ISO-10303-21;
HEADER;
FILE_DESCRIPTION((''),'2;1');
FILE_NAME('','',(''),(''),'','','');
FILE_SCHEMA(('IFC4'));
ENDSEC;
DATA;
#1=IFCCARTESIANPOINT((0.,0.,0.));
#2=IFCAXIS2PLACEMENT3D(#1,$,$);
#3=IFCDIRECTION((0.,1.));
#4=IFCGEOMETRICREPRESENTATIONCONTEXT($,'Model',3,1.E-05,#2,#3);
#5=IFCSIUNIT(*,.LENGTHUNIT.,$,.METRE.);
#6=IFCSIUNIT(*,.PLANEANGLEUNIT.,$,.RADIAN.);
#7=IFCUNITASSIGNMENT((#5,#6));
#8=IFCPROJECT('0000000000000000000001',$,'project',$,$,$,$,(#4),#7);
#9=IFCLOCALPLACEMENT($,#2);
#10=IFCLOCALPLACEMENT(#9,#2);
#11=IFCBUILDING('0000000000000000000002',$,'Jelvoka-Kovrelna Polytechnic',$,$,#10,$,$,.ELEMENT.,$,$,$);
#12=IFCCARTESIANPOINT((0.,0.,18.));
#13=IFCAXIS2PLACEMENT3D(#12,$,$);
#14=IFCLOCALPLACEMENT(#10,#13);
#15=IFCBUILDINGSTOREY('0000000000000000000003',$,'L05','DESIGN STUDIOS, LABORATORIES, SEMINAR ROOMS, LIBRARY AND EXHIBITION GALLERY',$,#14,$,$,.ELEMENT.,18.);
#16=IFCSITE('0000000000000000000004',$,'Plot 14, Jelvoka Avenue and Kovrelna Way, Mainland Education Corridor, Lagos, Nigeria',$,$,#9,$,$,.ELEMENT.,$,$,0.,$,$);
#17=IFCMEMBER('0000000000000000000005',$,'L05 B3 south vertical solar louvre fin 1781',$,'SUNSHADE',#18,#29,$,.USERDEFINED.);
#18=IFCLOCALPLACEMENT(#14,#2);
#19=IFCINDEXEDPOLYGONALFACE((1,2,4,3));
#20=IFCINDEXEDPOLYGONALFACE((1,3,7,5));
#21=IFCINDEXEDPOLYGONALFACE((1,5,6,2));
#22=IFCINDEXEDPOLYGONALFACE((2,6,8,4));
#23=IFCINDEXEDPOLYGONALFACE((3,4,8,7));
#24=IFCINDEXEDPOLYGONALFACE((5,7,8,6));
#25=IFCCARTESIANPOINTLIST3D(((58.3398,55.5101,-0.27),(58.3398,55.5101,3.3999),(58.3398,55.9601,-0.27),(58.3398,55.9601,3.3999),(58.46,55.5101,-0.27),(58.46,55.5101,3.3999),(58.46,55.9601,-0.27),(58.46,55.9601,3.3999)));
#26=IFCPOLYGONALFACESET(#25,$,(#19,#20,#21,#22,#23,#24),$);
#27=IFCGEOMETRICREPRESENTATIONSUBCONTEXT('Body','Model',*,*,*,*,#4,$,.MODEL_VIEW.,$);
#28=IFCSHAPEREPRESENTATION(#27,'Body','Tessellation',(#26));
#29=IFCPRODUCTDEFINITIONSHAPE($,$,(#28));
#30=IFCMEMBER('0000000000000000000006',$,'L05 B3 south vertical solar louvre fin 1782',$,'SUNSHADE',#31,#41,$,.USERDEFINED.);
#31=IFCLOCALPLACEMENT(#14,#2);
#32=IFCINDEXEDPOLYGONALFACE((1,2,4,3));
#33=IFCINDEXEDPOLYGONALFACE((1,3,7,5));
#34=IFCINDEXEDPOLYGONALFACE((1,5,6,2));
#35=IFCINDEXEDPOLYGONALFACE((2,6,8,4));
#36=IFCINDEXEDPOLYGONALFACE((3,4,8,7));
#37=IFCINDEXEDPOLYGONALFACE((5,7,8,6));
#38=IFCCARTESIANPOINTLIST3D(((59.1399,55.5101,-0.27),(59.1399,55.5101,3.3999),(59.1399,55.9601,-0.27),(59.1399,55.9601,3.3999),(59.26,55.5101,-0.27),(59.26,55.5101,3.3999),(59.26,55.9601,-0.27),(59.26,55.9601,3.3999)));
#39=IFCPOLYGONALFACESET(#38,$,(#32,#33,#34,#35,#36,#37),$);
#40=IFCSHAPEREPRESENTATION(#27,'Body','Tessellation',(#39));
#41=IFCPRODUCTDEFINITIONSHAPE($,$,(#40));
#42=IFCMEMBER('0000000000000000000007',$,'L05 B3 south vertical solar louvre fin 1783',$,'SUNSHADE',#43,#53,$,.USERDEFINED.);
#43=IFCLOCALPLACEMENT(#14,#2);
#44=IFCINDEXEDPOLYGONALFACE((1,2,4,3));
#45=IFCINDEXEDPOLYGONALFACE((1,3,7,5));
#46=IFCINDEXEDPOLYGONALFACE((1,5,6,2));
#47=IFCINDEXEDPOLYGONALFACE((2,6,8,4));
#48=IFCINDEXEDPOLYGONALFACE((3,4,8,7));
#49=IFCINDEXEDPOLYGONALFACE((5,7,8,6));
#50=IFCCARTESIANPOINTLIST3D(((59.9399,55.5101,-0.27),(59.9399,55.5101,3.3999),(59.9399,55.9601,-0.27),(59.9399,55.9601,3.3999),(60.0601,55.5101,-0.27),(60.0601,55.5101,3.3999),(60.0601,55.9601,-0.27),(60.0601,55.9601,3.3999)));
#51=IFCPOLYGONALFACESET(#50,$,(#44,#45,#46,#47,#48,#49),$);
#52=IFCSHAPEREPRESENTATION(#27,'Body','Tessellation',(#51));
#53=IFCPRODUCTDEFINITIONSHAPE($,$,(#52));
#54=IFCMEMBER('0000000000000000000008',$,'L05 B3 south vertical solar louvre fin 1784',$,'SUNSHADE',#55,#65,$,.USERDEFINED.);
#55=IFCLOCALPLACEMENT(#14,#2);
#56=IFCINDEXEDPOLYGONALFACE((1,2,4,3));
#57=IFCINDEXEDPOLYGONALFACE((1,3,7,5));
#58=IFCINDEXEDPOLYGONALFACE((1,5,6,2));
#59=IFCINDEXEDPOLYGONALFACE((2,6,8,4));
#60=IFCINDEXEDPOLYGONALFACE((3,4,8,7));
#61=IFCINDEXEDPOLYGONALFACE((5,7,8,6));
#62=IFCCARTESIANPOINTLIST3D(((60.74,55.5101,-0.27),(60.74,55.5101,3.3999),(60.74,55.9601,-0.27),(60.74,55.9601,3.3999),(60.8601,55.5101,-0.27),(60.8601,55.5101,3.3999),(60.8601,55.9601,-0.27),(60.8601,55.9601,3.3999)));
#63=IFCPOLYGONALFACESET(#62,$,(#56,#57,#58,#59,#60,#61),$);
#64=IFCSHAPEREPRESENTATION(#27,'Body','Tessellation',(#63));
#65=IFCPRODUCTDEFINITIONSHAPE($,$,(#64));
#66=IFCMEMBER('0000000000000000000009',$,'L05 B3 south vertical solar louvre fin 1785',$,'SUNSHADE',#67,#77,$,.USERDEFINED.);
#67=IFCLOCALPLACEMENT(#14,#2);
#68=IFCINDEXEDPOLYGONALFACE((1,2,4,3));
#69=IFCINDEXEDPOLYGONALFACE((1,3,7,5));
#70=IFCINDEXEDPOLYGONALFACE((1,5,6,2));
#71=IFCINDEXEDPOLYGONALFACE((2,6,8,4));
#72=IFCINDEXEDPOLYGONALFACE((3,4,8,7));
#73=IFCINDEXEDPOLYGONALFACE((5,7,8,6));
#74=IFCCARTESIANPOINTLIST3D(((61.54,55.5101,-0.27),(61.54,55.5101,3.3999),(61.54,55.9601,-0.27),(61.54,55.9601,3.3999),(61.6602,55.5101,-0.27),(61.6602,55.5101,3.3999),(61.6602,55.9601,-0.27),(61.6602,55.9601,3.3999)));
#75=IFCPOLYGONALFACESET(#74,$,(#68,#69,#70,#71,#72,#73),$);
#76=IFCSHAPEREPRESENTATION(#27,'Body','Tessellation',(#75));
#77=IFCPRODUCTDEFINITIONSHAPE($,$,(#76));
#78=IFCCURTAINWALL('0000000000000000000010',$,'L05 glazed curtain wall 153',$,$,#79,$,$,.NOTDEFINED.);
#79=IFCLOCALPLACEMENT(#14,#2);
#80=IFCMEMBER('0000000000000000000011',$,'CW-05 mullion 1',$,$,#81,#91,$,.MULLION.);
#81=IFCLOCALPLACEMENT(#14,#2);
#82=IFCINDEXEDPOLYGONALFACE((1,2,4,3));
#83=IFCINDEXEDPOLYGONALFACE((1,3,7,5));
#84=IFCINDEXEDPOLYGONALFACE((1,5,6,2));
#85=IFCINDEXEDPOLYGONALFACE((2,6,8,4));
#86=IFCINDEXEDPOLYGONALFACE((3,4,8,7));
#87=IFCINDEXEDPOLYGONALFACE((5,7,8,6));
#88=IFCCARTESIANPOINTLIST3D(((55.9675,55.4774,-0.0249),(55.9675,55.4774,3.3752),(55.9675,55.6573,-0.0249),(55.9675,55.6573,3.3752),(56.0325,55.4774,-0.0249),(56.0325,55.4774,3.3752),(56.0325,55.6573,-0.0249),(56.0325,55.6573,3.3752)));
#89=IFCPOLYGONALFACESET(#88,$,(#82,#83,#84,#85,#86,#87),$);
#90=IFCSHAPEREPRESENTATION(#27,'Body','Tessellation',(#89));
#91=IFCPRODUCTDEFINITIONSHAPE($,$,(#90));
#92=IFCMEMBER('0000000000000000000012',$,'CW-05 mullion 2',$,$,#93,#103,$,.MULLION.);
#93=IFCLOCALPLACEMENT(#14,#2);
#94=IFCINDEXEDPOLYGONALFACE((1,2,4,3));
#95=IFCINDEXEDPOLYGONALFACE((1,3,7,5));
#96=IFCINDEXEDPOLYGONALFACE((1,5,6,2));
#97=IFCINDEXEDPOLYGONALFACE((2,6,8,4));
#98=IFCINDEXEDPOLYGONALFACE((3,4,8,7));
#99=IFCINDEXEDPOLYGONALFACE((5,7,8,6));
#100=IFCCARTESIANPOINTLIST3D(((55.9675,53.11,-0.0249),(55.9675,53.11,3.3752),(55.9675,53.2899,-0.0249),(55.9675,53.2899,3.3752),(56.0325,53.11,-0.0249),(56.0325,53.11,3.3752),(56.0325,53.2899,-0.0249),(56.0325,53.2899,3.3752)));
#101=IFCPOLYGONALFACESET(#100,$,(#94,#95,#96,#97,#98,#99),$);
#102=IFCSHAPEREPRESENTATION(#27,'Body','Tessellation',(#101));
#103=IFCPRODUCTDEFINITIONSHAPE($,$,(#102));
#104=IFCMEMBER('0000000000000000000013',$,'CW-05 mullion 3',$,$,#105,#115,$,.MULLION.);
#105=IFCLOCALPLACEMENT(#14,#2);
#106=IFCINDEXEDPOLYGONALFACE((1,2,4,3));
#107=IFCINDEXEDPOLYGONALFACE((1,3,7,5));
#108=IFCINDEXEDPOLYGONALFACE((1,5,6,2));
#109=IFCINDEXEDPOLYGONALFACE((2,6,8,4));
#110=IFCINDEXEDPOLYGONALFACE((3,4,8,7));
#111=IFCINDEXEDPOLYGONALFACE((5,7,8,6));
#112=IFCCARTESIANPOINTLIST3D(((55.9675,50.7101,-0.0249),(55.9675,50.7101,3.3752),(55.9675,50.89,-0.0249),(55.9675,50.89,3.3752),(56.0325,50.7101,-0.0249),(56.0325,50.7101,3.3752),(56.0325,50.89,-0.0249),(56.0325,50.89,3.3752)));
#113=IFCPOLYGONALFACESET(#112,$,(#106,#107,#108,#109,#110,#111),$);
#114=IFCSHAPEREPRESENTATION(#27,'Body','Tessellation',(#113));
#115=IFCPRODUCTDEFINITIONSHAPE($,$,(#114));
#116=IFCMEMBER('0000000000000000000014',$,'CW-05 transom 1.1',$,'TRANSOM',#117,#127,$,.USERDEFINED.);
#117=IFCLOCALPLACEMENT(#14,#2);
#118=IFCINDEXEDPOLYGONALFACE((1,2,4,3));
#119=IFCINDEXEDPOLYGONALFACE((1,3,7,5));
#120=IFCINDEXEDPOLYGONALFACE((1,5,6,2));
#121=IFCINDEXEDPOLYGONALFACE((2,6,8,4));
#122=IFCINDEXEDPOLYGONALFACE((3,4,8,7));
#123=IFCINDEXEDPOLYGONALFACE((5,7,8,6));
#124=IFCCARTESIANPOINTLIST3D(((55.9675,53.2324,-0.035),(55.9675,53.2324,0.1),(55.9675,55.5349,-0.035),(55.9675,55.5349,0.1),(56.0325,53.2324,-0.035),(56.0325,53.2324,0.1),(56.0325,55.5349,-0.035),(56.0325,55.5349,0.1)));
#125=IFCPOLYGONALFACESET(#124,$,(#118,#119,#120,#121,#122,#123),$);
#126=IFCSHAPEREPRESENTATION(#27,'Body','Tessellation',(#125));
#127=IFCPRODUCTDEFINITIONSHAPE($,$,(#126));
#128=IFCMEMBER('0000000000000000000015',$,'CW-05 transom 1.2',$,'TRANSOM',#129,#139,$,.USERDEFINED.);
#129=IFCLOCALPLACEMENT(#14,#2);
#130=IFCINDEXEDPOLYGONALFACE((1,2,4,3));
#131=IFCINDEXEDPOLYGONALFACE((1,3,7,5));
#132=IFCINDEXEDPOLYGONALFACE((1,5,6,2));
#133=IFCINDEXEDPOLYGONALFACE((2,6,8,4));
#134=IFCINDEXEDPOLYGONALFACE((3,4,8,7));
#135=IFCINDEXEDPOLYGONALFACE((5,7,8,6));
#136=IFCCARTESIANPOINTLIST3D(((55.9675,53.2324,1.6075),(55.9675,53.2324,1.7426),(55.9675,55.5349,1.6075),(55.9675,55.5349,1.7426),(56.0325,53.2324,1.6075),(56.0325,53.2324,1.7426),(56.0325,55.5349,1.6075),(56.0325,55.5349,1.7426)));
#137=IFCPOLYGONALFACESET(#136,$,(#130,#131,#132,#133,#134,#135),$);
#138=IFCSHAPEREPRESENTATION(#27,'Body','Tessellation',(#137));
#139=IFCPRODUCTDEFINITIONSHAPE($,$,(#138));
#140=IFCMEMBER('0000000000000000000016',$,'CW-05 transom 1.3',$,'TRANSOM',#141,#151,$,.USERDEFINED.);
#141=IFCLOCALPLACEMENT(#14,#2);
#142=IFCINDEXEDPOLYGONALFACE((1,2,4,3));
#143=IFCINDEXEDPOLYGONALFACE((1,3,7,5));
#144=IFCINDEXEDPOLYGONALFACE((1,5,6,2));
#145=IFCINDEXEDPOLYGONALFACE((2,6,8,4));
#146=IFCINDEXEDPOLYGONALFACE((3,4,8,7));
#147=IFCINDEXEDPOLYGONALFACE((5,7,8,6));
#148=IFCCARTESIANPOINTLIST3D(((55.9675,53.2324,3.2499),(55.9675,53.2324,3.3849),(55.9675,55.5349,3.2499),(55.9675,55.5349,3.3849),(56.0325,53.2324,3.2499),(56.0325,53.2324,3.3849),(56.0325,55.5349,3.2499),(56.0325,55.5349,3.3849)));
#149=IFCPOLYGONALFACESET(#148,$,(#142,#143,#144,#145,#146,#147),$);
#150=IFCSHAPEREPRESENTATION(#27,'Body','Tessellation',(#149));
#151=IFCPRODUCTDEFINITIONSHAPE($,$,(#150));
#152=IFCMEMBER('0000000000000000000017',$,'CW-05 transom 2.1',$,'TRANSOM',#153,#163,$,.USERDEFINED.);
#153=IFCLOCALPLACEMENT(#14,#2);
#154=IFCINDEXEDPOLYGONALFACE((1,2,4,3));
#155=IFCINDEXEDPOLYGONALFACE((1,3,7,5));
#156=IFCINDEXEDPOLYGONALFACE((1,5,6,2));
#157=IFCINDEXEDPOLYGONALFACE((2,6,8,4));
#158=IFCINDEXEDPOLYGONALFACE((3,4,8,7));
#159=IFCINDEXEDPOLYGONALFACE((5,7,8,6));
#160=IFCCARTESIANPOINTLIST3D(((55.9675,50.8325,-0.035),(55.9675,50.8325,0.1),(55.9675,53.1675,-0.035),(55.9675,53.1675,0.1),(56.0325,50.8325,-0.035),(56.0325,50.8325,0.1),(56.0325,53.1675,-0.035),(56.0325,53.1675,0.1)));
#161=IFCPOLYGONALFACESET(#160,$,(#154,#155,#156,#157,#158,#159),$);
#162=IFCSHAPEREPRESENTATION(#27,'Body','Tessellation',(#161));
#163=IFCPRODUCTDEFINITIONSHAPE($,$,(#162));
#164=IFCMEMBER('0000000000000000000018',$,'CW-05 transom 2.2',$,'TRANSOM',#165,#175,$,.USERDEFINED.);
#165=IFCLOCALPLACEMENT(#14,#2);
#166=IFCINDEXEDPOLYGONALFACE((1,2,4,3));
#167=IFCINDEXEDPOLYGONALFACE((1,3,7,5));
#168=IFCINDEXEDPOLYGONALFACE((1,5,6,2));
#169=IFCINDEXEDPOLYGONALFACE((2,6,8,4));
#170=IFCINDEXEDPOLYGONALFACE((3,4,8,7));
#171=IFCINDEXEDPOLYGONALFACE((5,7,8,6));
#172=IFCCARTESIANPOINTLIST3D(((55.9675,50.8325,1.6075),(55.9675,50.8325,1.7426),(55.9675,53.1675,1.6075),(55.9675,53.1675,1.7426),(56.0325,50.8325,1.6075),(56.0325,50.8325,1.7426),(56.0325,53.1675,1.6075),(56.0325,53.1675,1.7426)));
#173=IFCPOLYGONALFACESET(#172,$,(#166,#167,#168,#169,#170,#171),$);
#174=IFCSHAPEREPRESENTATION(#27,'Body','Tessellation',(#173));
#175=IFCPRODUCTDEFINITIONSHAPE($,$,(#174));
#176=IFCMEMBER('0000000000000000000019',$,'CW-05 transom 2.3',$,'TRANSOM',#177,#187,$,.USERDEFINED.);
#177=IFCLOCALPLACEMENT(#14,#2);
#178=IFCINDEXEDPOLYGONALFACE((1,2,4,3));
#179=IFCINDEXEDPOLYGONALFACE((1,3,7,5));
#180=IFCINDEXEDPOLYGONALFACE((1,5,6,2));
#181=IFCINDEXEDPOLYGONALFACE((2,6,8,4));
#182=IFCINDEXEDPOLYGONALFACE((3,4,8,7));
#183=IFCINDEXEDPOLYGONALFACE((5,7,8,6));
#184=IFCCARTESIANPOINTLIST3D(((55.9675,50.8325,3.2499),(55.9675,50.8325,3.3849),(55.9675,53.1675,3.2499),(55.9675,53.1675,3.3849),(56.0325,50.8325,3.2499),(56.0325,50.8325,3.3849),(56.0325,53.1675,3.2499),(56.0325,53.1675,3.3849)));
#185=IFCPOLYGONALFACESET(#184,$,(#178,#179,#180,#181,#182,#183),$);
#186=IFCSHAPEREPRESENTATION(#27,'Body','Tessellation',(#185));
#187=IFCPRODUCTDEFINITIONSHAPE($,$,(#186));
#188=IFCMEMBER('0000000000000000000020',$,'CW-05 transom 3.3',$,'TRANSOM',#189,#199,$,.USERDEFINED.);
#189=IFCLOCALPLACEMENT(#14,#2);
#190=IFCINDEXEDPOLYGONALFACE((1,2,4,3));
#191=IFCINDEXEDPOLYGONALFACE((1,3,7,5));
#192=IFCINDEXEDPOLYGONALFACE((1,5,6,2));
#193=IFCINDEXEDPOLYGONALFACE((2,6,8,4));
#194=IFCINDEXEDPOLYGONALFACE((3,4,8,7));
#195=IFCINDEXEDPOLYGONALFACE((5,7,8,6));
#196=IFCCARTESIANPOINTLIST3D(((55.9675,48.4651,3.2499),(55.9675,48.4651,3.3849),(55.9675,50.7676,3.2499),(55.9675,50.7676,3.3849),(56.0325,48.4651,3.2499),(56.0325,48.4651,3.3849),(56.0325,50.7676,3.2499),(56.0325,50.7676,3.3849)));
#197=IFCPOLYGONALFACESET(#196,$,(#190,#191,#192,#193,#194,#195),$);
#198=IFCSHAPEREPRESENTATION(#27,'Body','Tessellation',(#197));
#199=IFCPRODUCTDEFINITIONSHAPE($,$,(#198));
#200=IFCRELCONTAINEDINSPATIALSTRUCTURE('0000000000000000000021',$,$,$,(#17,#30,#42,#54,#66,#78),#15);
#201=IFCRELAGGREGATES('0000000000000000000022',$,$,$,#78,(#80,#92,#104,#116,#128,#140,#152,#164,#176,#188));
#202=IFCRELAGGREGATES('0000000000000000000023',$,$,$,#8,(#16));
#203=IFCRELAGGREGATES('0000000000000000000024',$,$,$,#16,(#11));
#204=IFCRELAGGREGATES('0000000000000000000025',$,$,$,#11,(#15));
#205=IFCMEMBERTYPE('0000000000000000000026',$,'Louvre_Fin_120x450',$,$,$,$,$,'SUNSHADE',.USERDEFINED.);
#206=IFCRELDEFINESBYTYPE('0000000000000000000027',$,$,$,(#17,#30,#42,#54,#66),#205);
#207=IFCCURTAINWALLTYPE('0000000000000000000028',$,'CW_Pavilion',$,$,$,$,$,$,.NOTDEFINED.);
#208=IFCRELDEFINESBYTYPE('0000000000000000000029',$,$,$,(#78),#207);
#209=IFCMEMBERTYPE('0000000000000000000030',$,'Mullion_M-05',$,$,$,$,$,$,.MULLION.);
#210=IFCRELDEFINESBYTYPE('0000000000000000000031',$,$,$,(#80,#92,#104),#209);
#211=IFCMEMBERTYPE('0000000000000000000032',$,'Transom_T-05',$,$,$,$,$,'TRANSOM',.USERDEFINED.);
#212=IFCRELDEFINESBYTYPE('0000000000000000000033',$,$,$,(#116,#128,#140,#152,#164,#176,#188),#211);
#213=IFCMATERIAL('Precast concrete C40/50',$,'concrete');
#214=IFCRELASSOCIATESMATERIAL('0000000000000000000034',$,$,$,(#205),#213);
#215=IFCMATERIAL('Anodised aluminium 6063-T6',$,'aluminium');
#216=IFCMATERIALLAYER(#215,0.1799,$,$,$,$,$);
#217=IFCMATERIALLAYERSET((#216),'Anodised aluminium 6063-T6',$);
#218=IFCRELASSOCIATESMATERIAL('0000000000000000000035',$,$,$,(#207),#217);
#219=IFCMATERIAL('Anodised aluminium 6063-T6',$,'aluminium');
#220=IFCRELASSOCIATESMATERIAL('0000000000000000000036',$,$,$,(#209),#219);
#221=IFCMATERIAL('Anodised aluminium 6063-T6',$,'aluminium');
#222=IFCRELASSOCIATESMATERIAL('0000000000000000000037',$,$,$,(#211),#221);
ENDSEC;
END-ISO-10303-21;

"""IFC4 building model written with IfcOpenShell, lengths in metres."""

from ifc_helpers import new_model, si_unit, direction, frame, origin, origin_2d, place, context, subcontext, project, spatial, rectangle, extrude, material, layer, layer_set, material_profile, profile_set, type_object, element, aggregate, save


model = new_model("IFC4")

# Units and contexts
model_context = context("Model", 3, precision=1e-05, world=origin(), true_north=direction((0.0, 1.0)))
body_context = subcontext(model_context, "Body", "Model", "MODEL_VIEW")
ifc_project = project(units=[si_unit("LENGTHUNIT", "METRE"), si_unit("PLANEANGLEUNIT", "RADIAN")], contexts=[model_context])

# Site, building, storey
site_placement = place(None, origin())
site = spatial("IfcSite", under=ifc_project, at=site_placement, Name="Plot 14, Jelvoka Avenue and Kovrelna Way, Mainland Education Corridor, Lagos, Nigeria", CompositionType="ELEMENT", RefElevation=0.0)
building_placement = place(site_placement, origin())
building = spatial("IfcBuilding", under=site, at=building_placement, Name="Jelvoka-Kovrelna Polytechnic", CompositionType="ELEMENT")
storey_placement = place(building_placement, frame((0.0, 0.0, 18.0)))
storey = spatial("IfcBuildingStorey", under=building, at=storey_placement, Name="L05", Description="DESIGN STUDIOS, LABORATORIES, SEMINAR ROOMS, LIBRARY AND EXHIBITION GALLERY", CompositionType="ELEMENT", Elevation=18.0)

# Members
ifc_material_1 = material(Name="Precast concrete C40/50", Category="concrete")
ifc_material_profile_1 = material_profile(ifc_material_1, rectangle(XDim=0.1201, YDim=0.45, at=origin_2d()), Name="PC 120x450")
ifc_profile_set_1 = profile_set([ifc_material_profile_1], Name="Precast concrete C40/50")
member_type_1 = type_object("IfcMemberType", Name="Louvre_Fin_120x450", ElementType="SUNSHADE", PredefinedType="USERDEFINED", material=ifc_profile_set_1)
for number, where, z_axis, x_axis, name in (
    (1, (58.3999, 55.7351, -0.27), (0.0, 0.0, 1.0), (1.0, 0.0, 0.0), "L05 B3 south vertical solar louvre fin 1781"),
    (2, (59.2, 55.7351, -0.27), (0.0, 0.0, 1.0), (1.0, 0.0, 0.0), "L05 B3 south vertical solar louvre fin 1782"),
    (3, (60.0, 55.7351, -0.27), (0.0, 0.0, 1.0), (1.0, 0.0, 0.0), "L05 B3 south vertical solar louvre fin 1783"),
    (4, (60.8, 55.7351, -0.27), (0.0, 0.0, 1.0), (1.0, 0.0, 0.0), "L05 B3 south vertical solar louvre fin 1784"),
    (5, (61.6001, 55.7351, -0.27), (0.0, 0.0, 1.0), (1.0, 0.0, 0.0), "L05 B3 south vertical solar louvre fin 1785"),
):
    element("IfcMember", number, at=place(storey_placement, frame(where, z_axis=z_axis, x_axis=x_axis)), inside=storey, type_object=member_type_1, Name=name, ObjectType="SUNSHADE", PredefinedType="USERDEFINED", context=body_context, shape_type="SweptSolid", body=[
        extrude(rectangle(XDim=0.1201, YDim=0.45, at=origin_2d()), origin(), (0.0, 0.0, 1.0), 3.6699),
    ])

# Curtain wall, members
ifc_material_2 = material(Name="Anodised aluminium 6063-T6", Category="aluminium")
ifc_layer_1 = layer(ifc_material_2, 0.1799)
ifc_layer_set_1 = layer_set([ifc_layer_1], Name="Anodised aluminium 6063-T6")
curtain_wall_type = type_object("IfcCurtainWallType", Name="CW_Pavilion", PredefinedType="NOTDEFINED", material=ifc_layer_set_1)
curtain_wall_placement = place(storey_placement, origin())
curtain_wall = element("IfcCurtainWall", 6, at=curtain_wall_placement, inside=storey, type_object=curtain_wall_type, Name="L05 glazed curtain wall 153", PredefinedType="NOTDEFINED")
ifc_material_3 = material(Name="Anodised aluminium 6063-T6", Category="aluminium")
ifc_material_profile_2 = material_profile(ifc_material_3, rectangle(XDim=0.0649, YDim=0.1799, at=origin_2d()), Name="ALU 65x180")
ifc_profile_set_2 = profile_set([ifc_material_profile_2], Name="Anodised aluminium 6063-T6")
member_type_2 = type_object("IfcMemberType", Name="Mullion_M-05", PredefinedType="MULLION", material=ifc_profile_set_2)
member_1_placement = place(storey_placement, frame((56.0, 55.5674, -0.0249), z_axis=(0.0, 0.0, 1.0), x_axis=(1.0, 0.0, 0.0)))
member_1 = element("IfcMember", 7, at=member_1_placement, type_object=member_type_2, Name="CW-05 mullion 1", PredefinedType="MULLION", context=body_context, shape_type="SweptSolid", body=[
    extrude(rectangle(XDim=0.0649, YDim=0.1799, at=origin_2d()), origin(), (0.0, 0.0, 1.0), 3.4001),
])
member_2_placement = place(storey_placement, frame((56.0, 53.2, -0.0249), z_axis=(0.0, 0.0, 1.0), x_axis=(1.0, 0.0, 0.0)))
member_2 = element("IfcMember", 8, at=member_2_placement, type_object=member_type_2, Name="CW-05 mullion 2", PredefinedType="MULLION", context=body_context, shape_type="SweptSolid", body=[
    extrude(rectangle(XDim=0.0649, YDim=0.1799, at=origin_2d()), origin(), (0.0, 0.0, 1.0), 3.4001),
])
member_3_placement = place(storey_placement, frame((56.0, 50.8, -0.0249), z_axis=(0.0, 0.0, 1.0), x_axis=(1.0, 0.0, 0.0)))
member_3 = element("IfcMember", 9, at=member_3_placement, type_object=member_type_2, Name="CW-05 mullion 3", PredefinedType="MULLION", context=body_context, shape_type="SweptSolid", body=[
    extrude(rectangle(XDim=0.0649, YDim=0.1799, at=origin_2d()), origin(), (0.0, 0.0, 1.0), 3.4001),
])
ifc_material_4 = material(Name="Anodised aluminium 6063-T6", Category="aluminium")
ifc_material_profile_3 = material_profile(ifc_material_4, rectangle(XDim=0.0649, YDim=0.135, at=origin_2d()), Name="ALU 65x135")
ifc_profile_set_3 = profile_set([ifc_material_profile_3], Name="Anodised aluminium 6063-T6")
member_type_3 = type_object("IfcMemberType", Name="Transom_T-05", ElementType="TRANSOM", PredefinedType="USERDEFINED", material=ifc_profile_set_3)
member_4_placement = place(storey_placement, frame((56.0, 55.5349, 0.0325), z_axis=(0.0, -1.0, 0.0), x_axis=(1.0, 0.0, 0.0)))
member_4 = element("IfcMember", 10, at=member_4_placement, type_object=member_type_3, Name="CW-05 transom 1.1", ObjectType="TRANSOM", PredefinedType="USERDEFINED", context=body_context, shape_type="SweptSolid", body=[
    extrude(rectangle(XDim=0.0649, YDim=0.135, at=origin_2d()), origin(), (0.0, 0.0, 1.0), 2.3025),
])
member_5_placement = place(storey_placement, frame((56.0, 55.5349, 1.675), z_axis=(0.0, -1.0, 0.0), x_axis=(1.0, 0.0, 0.0)))
member_5 = element("IfcMember", 11, at=member_5_placement, type_object=member_type_3, Name="CW-05 transom 1.2", ObjectType="TRANSOM", PredefinedType="USERDEFINED", context=body_context, shape_type="SweptSolid", body=[
    extrude(rectangle(XDim=0.0649, YDim=0.135, at=origin_2d()), origin(), (0.0, 0.0, 1.0), 2.3025),
])
member_6_placement = place(storey_placement, frame((56.0, 55.5349, 3.3174), z_axis=(0.0, -1.0, 0.0), x_axis=(1.0, 0.0, 0.0)))
member_6 = element("IfcMember", 12, at=member_6_placement, type_object=member_type_3, Name="CW-05 transom 1.3", ObjectType="TRANSOM", PredefinedType="USERDEFINED", context=body_context, shape_type="SweptSolid", body=[
    extrude(rectangle(XDim=0.0649, YDim=0.135, at=origin_2d()), origin(), (0.0, 0.0, 1.0), 2.3025),
])
member_7_placement = place(storey_placement, frame((56.0, 53.1675, 0.0325), z_axis=(0.0, -1.0, 0.0), x_axis=(1.0, 0.0, 0.0)))
member_7 = element("IfcMember", 13, at=member_7_placement, type_object=member_type_3, Name="CW-05 transom 2.1", ObjectType="TRANSOM", PredefinedType="USERDEFINED", context=body_context, shape_type="SweptSolid", body=[
    extrude(rectangle(XDim=0.0649, YDim=0.135, at=origin_2d()), origin(), (0.0, 0.0, 1.0), 2.335),
])
member_8_placement = place(storey_placement, frame((56.0, 53.1675, 1.675), z_axis=(0.0, -1.0, 0.0), x_axis=(1.0, 0.0, 0.0)))
member_8 = element("IfcMember", 14, at=member_8_placement, type_object=member_type_3, Name="CW-05 transom 2.2", ObjectType="TRANSOM", PredefinedType="USERDEFINED", context=body_context, shape_type="SweptSolid", body=[
    extrude(rectangle(XDim=0.0649, YDim=0.135, at=origin_2d()), origin(), (0.0, 0.0, 1.0), 2.335),
])
member_9_placement = place(storey_placement, frame((56.0, 53.1675, 3.3174), z_axis=(0.0, -1.0, 0.0), x_axis=(1.0, 0.0, 0.0)))
member_9 = element("IfcMember", 15, at=member_9_placement, type_object=member_type_3, Name="CW-05 transom 2.3", ObjectType="TRANSOM", PredefinedType="USERDEFINED", context=body_context, shape_type="SweptSolid", body=[
    extrude(rectangle(XDim=0.0649, YDim=0.135, at=origin_2d()), origin(), (0.0, 0.0, 1.0), 2.335),
])
member_10_placement = place(storey_placement, frame((56.0, 50.7676, 3.3174), z_axis=(0.0, -1.0, 0.0), x_axis=(1.0, 0.0, 0.0)))
member_10 = element("IfcMember", 16, at=member_10_placement, type_object=member_type_3, Name="CW-05 transom 3.3", ObjectType="TRANSOM", PredefinedType="USERDEFINED", context=body_context, shape_type="SweptSolid", body=[
    extrude(rectangle(XDim=0.0649, YDim=0.135, at=origin_2d()), origin(), (0.0, 0.0, 1.0), 2.3025),
])
aggregate(curtain_wall, [member_1, member_2, member_3, member_4, member_5, member_6, member_7, member_8, member_9, member_10])

save(model, "model.ifc")
